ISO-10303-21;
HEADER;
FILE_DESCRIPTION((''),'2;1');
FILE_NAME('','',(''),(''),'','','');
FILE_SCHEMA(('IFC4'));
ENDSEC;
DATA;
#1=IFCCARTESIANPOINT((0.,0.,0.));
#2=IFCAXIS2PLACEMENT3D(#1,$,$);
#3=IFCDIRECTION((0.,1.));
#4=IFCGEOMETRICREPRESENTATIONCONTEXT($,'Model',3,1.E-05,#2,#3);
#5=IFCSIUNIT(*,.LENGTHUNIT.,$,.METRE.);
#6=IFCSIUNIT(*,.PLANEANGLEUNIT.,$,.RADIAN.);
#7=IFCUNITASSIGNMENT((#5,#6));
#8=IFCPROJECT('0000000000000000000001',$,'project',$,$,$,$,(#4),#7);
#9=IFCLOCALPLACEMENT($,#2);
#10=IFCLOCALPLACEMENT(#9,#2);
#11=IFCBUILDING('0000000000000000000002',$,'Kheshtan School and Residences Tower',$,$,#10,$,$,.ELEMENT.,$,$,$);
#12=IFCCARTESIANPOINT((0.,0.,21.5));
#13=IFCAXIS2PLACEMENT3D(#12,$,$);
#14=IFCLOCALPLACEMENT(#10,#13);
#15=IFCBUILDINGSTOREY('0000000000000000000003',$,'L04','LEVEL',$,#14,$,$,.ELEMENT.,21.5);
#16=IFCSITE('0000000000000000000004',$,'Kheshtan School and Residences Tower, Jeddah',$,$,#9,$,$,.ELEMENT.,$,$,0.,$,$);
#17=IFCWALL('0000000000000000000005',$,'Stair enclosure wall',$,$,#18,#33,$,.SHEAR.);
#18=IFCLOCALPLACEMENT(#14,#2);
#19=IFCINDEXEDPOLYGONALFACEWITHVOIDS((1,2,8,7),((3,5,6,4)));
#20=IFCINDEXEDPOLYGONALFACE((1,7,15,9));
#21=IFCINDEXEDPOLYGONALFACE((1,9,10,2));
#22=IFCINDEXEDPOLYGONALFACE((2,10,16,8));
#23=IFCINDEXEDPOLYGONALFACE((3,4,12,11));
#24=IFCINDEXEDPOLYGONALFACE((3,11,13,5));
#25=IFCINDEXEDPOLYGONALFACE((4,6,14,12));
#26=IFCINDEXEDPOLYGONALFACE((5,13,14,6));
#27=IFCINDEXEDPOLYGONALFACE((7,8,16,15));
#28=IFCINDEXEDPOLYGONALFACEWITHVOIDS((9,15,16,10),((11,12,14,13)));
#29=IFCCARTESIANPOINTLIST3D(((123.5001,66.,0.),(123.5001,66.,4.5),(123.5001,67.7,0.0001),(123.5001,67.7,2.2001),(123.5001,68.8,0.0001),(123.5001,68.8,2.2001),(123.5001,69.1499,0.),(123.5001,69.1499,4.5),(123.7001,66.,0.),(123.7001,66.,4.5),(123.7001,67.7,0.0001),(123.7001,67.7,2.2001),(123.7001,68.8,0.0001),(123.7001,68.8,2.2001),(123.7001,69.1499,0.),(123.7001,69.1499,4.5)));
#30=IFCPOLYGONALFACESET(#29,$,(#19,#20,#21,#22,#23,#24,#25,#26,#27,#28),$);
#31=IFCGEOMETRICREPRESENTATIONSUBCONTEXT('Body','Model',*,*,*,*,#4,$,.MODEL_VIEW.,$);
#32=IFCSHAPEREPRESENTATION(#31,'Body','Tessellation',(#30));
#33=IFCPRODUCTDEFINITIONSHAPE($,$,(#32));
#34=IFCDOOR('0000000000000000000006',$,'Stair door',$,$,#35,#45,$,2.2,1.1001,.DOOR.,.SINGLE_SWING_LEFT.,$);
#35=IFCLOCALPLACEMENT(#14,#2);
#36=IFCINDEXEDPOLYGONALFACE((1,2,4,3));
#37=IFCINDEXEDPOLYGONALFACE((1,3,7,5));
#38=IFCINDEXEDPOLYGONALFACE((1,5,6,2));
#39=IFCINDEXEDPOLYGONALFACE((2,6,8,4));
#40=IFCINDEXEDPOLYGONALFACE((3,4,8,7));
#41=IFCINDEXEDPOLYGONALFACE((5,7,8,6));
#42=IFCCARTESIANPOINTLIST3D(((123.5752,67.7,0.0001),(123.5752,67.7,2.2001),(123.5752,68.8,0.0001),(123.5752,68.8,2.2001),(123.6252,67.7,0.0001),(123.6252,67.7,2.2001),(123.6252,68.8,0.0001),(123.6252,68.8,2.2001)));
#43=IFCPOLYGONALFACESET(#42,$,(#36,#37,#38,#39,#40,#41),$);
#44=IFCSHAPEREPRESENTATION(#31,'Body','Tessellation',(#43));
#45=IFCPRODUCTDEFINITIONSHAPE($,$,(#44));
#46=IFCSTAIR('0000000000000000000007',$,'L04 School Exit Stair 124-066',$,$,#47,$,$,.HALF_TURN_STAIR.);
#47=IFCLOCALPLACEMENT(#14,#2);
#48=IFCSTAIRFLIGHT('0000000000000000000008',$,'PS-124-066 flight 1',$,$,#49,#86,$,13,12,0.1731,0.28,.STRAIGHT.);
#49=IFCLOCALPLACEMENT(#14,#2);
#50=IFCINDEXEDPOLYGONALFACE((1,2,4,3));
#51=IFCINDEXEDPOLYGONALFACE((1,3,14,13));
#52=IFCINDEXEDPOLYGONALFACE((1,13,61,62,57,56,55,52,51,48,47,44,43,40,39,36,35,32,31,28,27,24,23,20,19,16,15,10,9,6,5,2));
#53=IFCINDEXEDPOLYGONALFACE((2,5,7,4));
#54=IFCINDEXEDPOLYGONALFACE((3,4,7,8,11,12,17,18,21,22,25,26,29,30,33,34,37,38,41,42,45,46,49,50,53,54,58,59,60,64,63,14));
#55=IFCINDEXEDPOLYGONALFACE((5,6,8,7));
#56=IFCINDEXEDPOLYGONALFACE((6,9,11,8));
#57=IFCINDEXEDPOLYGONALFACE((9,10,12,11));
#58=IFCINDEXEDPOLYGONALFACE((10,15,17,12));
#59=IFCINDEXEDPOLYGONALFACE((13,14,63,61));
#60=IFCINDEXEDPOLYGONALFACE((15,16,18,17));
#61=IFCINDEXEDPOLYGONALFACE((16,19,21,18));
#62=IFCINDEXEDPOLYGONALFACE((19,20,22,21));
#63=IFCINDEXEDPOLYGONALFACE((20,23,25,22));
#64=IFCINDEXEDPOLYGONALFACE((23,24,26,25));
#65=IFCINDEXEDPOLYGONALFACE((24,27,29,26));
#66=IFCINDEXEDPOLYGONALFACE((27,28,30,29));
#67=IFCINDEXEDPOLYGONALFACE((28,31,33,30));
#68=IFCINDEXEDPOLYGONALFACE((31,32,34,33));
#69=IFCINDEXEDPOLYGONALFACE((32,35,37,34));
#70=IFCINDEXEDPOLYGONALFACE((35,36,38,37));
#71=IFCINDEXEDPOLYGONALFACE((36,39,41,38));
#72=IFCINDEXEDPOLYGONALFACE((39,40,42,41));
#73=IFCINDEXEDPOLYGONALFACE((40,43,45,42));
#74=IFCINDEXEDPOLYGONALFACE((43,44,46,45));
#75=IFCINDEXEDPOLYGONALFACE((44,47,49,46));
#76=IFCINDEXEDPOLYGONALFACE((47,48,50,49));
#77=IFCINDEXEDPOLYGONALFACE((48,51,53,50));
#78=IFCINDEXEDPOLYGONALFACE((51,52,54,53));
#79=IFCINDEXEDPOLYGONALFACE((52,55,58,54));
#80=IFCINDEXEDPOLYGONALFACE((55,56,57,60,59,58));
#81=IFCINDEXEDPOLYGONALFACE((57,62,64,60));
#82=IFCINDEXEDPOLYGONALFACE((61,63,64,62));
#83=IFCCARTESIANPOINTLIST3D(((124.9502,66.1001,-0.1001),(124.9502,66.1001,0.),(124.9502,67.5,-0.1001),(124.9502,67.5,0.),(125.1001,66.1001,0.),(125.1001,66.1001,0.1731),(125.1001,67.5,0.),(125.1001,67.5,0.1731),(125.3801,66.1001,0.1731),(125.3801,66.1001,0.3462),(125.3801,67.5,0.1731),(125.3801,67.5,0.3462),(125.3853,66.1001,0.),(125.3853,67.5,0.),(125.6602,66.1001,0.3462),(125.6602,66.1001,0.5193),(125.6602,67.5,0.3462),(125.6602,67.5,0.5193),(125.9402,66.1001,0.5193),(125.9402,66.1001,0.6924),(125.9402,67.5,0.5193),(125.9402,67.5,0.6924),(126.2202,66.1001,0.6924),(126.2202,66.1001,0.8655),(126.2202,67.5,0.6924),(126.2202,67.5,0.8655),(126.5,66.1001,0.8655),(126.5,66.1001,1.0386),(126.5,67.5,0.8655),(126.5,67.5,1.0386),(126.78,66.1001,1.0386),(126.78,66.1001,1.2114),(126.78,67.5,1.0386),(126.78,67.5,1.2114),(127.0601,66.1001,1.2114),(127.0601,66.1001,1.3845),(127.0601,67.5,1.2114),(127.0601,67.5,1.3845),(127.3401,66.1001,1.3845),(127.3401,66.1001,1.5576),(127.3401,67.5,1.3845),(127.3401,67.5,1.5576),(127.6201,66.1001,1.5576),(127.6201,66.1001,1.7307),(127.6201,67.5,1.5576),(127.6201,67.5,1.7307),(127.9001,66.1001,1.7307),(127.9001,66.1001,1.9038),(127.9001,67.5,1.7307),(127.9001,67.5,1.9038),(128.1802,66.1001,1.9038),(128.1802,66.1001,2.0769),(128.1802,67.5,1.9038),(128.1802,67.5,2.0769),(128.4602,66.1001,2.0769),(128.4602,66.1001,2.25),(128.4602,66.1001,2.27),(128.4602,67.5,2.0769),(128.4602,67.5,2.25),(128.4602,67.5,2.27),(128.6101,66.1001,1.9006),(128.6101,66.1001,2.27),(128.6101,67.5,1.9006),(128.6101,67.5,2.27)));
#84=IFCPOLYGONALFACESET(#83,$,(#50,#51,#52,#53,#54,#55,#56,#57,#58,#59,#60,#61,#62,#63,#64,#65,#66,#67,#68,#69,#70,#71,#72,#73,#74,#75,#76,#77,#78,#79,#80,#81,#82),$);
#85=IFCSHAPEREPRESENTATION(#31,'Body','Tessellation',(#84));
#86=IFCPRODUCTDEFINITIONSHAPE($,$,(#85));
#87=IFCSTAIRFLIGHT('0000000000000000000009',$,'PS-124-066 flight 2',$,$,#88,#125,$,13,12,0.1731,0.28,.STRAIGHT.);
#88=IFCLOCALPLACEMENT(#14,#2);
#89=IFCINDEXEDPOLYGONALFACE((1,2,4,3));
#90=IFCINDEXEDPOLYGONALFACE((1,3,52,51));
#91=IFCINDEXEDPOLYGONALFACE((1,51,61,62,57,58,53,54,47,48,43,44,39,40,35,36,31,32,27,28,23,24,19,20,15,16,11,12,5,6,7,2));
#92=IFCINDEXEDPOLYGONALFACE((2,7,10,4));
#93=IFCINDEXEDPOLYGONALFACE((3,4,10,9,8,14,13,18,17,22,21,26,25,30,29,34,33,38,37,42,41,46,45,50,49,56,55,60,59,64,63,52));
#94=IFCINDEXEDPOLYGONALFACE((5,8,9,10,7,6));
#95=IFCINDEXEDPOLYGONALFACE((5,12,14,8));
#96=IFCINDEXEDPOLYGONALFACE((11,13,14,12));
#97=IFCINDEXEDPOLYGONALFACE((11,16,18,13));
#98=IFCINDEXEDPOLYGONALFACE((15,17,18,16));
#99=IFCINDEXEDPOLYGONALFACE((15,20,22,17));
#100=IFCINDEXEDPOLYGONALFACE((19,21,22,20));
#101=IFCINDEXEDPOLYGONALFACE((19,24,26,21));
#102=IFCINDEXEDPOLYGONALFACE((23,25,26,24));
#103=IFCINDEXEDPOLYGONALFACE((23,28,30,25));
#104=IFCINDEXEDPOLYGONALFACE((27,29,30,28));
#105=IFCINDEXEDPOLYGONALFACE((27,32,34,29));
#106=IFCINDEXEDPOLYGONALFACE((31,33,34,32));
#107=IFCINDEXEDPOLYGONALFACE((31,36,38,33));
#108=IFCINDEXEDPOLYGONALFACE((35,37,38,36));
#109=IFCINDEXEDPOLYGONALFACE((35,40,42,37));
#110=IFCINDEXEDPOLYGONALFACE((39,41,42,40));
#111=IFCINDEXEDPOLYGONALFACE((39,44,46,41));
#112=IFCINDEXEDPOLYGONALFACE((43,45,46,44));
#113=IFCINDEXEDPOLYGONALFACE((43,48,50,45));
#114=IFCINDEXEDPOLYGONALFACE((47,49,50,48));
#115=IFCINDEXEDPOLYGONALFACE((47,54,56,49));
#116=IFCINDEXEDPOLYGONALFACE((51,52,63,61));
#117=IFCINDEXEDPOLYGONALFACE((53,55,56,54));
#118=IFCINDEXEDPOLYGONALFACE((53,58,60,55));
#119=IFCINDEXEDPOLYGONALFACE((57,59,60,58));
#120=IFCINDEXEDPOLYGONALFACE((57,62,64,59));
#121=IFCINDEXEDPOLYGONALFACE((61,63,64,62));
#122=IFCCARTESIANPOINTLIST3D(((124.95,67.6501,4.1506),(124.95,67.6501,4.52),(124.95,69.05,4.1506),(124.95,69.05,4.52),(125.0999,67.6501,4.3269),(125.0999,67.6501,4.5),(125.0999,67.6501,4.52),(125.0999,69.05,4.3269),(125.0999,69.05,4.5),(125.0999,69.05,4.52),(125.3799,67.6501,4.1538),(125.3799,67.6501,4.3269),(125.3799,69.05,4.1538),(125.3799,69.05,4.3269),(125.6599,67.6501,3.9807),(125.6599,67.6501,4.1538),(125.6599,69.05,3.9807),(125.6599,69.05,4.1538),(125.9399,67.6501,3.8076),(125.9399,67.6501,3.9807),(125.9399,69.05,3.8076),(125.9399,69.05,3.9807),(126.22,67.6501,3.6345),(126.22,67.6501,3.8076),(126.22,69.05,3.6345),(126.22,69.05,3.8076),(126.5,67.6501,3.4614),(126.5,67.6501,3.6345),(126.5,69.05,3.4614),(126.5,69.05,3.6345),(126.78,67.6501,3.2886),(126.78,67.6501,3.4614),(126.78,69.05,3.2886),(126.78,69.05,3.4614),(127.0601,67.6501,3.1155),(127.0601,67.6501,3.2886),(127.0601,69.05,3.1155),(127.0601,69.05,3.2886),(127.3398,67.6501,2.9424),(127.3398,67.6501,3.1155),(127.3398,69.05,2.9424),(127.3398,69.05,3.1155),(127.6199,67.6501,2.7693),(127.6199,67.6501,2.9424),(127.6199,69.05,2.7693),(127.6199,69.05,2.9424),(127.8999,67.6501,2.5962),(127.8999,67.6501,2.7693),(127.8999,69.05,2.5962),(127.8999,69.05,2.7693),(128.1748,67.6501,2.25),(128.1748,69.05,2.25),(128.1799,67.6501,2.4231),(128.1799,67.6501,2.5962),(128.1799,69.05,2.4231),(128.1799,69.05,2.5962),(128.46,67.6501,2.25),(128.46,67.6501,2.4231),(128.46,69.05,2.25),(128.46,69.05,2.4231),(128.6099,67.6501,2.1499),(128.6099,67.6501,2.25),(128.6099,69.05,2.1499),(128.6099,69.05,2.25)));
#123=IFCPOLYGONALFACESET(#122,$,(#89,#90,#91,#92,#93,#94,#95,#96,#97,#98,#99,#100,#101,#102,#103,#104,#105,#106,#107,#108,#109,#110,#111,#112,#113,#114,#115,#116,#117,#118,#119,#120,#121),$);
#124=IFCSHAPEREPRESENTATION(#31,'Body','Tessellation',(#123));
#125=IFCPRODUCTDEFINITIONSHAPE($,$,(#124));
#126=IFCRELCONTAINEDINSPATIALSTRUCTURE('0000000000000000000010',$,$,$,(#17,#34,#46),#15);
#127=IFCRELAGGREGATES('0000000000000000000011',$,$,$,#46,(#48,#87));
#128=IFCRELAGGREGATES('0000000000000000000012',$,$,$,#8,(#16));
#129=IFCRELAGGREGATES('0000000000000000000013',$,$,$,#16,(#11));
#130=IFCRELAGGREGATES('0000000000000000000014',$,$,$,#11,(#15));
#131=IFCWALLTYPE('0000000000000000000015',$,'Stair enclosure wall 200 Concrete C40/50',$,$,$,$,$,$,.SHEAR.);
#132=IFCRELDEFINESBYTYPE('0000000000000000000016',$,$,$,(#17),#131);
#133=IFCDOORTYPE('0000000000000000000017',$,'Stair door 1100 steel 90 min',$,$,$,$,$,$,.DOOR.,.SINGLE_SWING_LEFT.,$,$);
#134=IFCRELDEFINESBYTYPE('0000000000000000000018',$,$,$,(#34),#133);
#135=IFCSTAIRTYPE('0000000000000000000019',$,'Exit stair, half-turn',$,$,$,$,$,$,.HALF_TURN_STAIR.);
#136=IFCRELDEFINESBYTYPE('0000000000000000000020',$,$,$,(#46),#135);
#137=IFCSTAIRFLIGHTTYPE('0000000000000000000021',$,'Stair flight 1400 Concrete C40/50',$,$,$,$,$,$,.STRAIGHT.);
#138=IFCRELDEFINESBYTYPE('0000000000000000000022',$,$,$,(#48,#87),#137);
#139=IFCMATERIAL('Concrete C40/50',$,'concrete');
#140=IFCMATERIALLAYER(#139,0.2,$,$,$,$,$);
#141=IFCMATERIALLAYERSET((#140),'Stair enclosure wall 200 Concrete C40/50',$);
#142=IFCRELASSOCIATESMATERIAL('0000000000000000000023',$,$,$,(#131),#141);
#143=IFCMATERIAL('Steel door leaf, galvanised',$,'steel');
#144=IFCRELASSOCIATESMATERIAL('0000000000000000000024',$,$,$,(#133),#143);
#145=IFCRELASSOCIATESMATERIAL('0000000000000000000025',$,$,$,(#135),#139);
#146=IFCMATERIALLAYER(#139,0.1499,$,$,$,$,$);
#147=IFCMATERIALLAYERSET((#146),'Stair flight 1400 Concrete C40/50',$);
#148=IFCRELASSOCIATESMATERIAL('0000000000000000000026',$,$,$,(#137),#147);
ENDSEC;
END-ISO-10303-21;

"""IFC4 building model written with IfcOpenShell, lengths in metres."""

from ifc_helpers import new_model, si_unit, direction, frame, frame_2d, origin, place, context, subcontext, project, spatial, polyline, rectangle, outline, extrude, source, transform, mapped, material, layer, layer_set, type_object, element, fill, aggregate, save


model = new_model("IFC4")

# Units and contexts
model_context = context("Model", 3, precision=1e-05, world=origin(), true_north=direction((0.0, 1.0)))
body_context = subcontext(model_context, "Body", "Model", "MODEL_VIEW")
ifc_project = project(units=[si_unit("LENGTHUNIT", "METRE"), si_unit("PLANEANGLEUNIT", "RADIAN")], contexts=[model_context])

# Site, building, storey
site_placement = place(None, origin())
site = spatial("IfcSite", under=ifc_project, at=site_placement, Name="Kheshtan School and Residences Tower, Jeddah", CompositionType="ELEMENT", RefElevation=0.0)
building_placement = place(site_placement, origin())
building = spatial("IfcBuilding", under=site, at=building_placement, Name="Kheshtan School and Residences Tower", CompositionType="ELEMENT")
storey_placement = place(building_placement, frame((0.0, 0.0, 21.5)))
storey = spatial("IfcBuildingStorey", under=building, at=storey_placement, Name="L04", Description="LEVEL", CompositionType="ELEMENT", Elevation=21.5)

# Shared definitions
ifc_material_1 = material(Name="Concrete C40/50", Category="concrete")
ifc_layer_1 = layer(ifc_material_1, 0.2)
ifc_layer_set_1 = layer_set([ifc_layer_1], Name="Stair enclosure wall 200 Concrete C40/50")
wall_type_1 = type_object("IfcWallType", Name="Stair enclosure wall 200 Concrete C40/50", PredefinedType="SHEAR", material=ifc_layer_set_1)

# Wall, opening, door
wall_1_placement = place(storey_placement, frame((123.6001, 66.0, 0.0), z_axis=(0.0, 0.0, 1.0), x_axis=(0.0, 1.0, 0.0)))
wall_1 = element("IfcWall", 1, at=wall_1_placement, inside=storey, type_object=wall_type_1, Name="Stair enclosure wall", PredefinedType="SHEAR", context=body_context, shape_type="SweptSolid", body=[
    extrude(rectangle(XDim=3.1499, YDim=0.2, at=frame_2d((1.575, 0.0))), origin(), (0.0, 0.0, 1.0), 4.5),
])
opening_1_placement = place(wall_1_placement, frame((1.7, 0.0, 0.0)))
opening_1 = element("IfcOpeningElement", 2, at=opening_1_placement, cuts=wall_1, PredefinedType="OPENING", context=body_context, shape_type="SweptSolid", body=[
    extrude(rectangle(XDim=1.1001, YDim=2.2, at=frame_2d((0.55, 1.1001))), frame((0.0, 0.1099, 0.0), z_axis=(0.0, -1.0, 0.0), x_axis=(1.0, 0.0, 0.0)), (0.0, 0.0, 1.0), 0.22),
])
ifc_material_2 = material(Name="Steel door leaf, galvanised", Category="steel")
door_type_1 = type_object("IfcDoorType", Name="Stair door 1100 steel 90 min", OperationType="SINGLE_SWING_LEFT", PredefinedType="DOOR", material=ifc_material_2)
shared_shape_1 = source(origin(), body_context, "Body", "SweptSolid", [
    extrude(rectangle(XDim=1.1001, YDim=2.2, at=frame_2d((0.55, 1.1001))), frame((0.0, 0.0249, 0.0), z_axis=(0.0, -1.0, 0.0), x_axis=(1.0, 0.0, 0.0)), (0.0, 0.0, 1.0), 0.05),
])
door_1_placement = place(opening_1_placement, origin())
door_1 = element("IfcDoor", 3, at=door_1_placement, inside=storey, type_object=door_type_1, Name="Stair door", OperationType="SINGLE_SWING_LEFT", OverallHeight=2.2, OverallWidth=1.1001, PredefinedType="DOOR", context=body_context, shape_type="MappedRepresentation", body=[
    mapped(shared_shape_1, transform((0.0, 0.0, 0.0), x_axis=(1.0, 0.0, 0.0), y_axis=(0.0, 1.0, 0.0), z_axis=(0.0, 0.0, 1.0), scale=1.0)),
])
fill(opening_1, door_1)

# Stair, stair flights
stair_type = type_object("IfcStairType", Name="Exit stair, half-turn", PredefinedType="HALF_TURN_STAIR", material=ifc_material_1)
stair_placement = place(storey_placement, origin())
stair = element("IfcStair", 4, at=stair_placement, inside=storey, type_object=stair_type, Name="L04 School Exit Stair 124-066", PredefinedType="HALF_TURN_STAIR")
ifc_layer_2 = layer(ifc_material_1, 0.1499)
ifc_layer_set_2 = layer_set([ifc_layer_2], Name="Stair flight 1400 Concrete C40/50")
stair_flight_type = type_object("IfcStairFlightType", Name="Stair flight 1400 Concrete C40/50", PredefinedType="STRAIGHT", material=ifc_layer_set_2)
stair_flight_1_placement = place(storey_placement, frame((125.1001, 66.8, 0.0), z_axis=(0.0, 0.0, 1.0), x_axis=(1.0, 0.0, 0.0)))
stair_flight_1 = element("IfcStairFlight", 5, at=stair_flight_1_placement, type_object=stair_flight_type, Name="PS-124-066 flight 1", NumberOfRisers=13, NumberOfTreads=12, PredefinedType="STRAIGHT", RiserHeight=0.1731, TreadLength=0.28, context=body_context, shape_type="SweptSolid", body=[
    extrude(outline(polyline([(-0.1499, -0.1001), (-0.1499, 0.0), (0.0, 0.0), (0.0, 0.1731), (0.28, 0.1731), (0.28, 0.3462), (0.5601, 0.3462), (0.5601, 0.5193), (0.8401, 0.5193), (0.8401, 0.6924), (1.1201, 0.6924), (1.1201, 0.8655), (1.3999, 0.8655), (1.3999, 1.0386), (1.6799, 1.0386), (1.6799, 1.2114), (1.96, 1.2114), (1.96, 1.3845), (2.24, 1.3845), (2.24, 1.5576), (2.52, 1.5576), (2.52, 1.7307), (2.8, 1.7307), (2.8, 1.9038), (3.0801, 1.9038), (3.0801, 2.0769), (3.3601, 2.0769), (3.3601, 2.25), (3.3601, 2.27), (3.51, 2.27), (3.51, 1.9006), (0.2852, 0.0), (-0.1499, -0.1001)])), frame((0.0, 0.7, 0.0), z_axis=(0.0, -1.0, 0.0), x_axis=(1.0, 0.0, 0.0)), (0.0, 0.0, 1.0), 1.3999),
])
stair_flight_2_placement = place(storey_placement, frame((128.46, 68.3501, 2.25), z_axis=(0.0, 0.0, 1.0), x_axis=(-1.0, 0.0, 0.0)))
stair_flight_2 = element("IfcStairFlight", 6, at=stair_flight_2_placement, type_object=stair_flight_type, Name="PS-124-066 flight 2", NumberOfRisers=13, NumberOfTreads=12, PredefinedType="STRAIGHT", RiserHeight=0.1731, TreadLength=0.28, context=body_context, shape_type="SweptSolid", body=[
    extrude(outline(polyline([(-0.1499, -0.1001), (-0.1499, 0.0), (0.0, 0.0), (0.0, 0.1731), (0.28, 0.1731), (0.28, 0.3462), (0.5601, 0.3462), (0.5601, 0.5193), (0.8401, 0.5193), (0.8401, 0.6924), (1.1201, 0.6924), (1.1201, 0.8655), (1.3999, 0.8655), (1.3999, 1.0386), (1.6799, 1.0386), (1.6799, 1.2114), (1.96, 1.2114), (1.96, 1.3845), (2.24, 1.3845), (2.24, 1.5576), (2.52, 1.5576), (2.52, 1.7307), (2.8, 1.7307), (2.8, 1.9038), (3.0801, 1.9038), (3.0801, 2.0769), (3.3601, 2.0769), (3.3601, 2.25), (3.3601, 2.27), (3.51, 2.27), (3.51, 1.9006), (0.2852, 0.0), (-0.1499, -0.1001)])), frame((0.0, 0.7, 0.0), z_axis=(0.0, -1.0, 0.0), x_axis=(1.0, 0.0, 0.0)), (0.0, 0.0, 1.0), 1.3999),
])
aggregate(stair, [stair_flight_1, stair_flight_2])

save(model, "model.ifc")
